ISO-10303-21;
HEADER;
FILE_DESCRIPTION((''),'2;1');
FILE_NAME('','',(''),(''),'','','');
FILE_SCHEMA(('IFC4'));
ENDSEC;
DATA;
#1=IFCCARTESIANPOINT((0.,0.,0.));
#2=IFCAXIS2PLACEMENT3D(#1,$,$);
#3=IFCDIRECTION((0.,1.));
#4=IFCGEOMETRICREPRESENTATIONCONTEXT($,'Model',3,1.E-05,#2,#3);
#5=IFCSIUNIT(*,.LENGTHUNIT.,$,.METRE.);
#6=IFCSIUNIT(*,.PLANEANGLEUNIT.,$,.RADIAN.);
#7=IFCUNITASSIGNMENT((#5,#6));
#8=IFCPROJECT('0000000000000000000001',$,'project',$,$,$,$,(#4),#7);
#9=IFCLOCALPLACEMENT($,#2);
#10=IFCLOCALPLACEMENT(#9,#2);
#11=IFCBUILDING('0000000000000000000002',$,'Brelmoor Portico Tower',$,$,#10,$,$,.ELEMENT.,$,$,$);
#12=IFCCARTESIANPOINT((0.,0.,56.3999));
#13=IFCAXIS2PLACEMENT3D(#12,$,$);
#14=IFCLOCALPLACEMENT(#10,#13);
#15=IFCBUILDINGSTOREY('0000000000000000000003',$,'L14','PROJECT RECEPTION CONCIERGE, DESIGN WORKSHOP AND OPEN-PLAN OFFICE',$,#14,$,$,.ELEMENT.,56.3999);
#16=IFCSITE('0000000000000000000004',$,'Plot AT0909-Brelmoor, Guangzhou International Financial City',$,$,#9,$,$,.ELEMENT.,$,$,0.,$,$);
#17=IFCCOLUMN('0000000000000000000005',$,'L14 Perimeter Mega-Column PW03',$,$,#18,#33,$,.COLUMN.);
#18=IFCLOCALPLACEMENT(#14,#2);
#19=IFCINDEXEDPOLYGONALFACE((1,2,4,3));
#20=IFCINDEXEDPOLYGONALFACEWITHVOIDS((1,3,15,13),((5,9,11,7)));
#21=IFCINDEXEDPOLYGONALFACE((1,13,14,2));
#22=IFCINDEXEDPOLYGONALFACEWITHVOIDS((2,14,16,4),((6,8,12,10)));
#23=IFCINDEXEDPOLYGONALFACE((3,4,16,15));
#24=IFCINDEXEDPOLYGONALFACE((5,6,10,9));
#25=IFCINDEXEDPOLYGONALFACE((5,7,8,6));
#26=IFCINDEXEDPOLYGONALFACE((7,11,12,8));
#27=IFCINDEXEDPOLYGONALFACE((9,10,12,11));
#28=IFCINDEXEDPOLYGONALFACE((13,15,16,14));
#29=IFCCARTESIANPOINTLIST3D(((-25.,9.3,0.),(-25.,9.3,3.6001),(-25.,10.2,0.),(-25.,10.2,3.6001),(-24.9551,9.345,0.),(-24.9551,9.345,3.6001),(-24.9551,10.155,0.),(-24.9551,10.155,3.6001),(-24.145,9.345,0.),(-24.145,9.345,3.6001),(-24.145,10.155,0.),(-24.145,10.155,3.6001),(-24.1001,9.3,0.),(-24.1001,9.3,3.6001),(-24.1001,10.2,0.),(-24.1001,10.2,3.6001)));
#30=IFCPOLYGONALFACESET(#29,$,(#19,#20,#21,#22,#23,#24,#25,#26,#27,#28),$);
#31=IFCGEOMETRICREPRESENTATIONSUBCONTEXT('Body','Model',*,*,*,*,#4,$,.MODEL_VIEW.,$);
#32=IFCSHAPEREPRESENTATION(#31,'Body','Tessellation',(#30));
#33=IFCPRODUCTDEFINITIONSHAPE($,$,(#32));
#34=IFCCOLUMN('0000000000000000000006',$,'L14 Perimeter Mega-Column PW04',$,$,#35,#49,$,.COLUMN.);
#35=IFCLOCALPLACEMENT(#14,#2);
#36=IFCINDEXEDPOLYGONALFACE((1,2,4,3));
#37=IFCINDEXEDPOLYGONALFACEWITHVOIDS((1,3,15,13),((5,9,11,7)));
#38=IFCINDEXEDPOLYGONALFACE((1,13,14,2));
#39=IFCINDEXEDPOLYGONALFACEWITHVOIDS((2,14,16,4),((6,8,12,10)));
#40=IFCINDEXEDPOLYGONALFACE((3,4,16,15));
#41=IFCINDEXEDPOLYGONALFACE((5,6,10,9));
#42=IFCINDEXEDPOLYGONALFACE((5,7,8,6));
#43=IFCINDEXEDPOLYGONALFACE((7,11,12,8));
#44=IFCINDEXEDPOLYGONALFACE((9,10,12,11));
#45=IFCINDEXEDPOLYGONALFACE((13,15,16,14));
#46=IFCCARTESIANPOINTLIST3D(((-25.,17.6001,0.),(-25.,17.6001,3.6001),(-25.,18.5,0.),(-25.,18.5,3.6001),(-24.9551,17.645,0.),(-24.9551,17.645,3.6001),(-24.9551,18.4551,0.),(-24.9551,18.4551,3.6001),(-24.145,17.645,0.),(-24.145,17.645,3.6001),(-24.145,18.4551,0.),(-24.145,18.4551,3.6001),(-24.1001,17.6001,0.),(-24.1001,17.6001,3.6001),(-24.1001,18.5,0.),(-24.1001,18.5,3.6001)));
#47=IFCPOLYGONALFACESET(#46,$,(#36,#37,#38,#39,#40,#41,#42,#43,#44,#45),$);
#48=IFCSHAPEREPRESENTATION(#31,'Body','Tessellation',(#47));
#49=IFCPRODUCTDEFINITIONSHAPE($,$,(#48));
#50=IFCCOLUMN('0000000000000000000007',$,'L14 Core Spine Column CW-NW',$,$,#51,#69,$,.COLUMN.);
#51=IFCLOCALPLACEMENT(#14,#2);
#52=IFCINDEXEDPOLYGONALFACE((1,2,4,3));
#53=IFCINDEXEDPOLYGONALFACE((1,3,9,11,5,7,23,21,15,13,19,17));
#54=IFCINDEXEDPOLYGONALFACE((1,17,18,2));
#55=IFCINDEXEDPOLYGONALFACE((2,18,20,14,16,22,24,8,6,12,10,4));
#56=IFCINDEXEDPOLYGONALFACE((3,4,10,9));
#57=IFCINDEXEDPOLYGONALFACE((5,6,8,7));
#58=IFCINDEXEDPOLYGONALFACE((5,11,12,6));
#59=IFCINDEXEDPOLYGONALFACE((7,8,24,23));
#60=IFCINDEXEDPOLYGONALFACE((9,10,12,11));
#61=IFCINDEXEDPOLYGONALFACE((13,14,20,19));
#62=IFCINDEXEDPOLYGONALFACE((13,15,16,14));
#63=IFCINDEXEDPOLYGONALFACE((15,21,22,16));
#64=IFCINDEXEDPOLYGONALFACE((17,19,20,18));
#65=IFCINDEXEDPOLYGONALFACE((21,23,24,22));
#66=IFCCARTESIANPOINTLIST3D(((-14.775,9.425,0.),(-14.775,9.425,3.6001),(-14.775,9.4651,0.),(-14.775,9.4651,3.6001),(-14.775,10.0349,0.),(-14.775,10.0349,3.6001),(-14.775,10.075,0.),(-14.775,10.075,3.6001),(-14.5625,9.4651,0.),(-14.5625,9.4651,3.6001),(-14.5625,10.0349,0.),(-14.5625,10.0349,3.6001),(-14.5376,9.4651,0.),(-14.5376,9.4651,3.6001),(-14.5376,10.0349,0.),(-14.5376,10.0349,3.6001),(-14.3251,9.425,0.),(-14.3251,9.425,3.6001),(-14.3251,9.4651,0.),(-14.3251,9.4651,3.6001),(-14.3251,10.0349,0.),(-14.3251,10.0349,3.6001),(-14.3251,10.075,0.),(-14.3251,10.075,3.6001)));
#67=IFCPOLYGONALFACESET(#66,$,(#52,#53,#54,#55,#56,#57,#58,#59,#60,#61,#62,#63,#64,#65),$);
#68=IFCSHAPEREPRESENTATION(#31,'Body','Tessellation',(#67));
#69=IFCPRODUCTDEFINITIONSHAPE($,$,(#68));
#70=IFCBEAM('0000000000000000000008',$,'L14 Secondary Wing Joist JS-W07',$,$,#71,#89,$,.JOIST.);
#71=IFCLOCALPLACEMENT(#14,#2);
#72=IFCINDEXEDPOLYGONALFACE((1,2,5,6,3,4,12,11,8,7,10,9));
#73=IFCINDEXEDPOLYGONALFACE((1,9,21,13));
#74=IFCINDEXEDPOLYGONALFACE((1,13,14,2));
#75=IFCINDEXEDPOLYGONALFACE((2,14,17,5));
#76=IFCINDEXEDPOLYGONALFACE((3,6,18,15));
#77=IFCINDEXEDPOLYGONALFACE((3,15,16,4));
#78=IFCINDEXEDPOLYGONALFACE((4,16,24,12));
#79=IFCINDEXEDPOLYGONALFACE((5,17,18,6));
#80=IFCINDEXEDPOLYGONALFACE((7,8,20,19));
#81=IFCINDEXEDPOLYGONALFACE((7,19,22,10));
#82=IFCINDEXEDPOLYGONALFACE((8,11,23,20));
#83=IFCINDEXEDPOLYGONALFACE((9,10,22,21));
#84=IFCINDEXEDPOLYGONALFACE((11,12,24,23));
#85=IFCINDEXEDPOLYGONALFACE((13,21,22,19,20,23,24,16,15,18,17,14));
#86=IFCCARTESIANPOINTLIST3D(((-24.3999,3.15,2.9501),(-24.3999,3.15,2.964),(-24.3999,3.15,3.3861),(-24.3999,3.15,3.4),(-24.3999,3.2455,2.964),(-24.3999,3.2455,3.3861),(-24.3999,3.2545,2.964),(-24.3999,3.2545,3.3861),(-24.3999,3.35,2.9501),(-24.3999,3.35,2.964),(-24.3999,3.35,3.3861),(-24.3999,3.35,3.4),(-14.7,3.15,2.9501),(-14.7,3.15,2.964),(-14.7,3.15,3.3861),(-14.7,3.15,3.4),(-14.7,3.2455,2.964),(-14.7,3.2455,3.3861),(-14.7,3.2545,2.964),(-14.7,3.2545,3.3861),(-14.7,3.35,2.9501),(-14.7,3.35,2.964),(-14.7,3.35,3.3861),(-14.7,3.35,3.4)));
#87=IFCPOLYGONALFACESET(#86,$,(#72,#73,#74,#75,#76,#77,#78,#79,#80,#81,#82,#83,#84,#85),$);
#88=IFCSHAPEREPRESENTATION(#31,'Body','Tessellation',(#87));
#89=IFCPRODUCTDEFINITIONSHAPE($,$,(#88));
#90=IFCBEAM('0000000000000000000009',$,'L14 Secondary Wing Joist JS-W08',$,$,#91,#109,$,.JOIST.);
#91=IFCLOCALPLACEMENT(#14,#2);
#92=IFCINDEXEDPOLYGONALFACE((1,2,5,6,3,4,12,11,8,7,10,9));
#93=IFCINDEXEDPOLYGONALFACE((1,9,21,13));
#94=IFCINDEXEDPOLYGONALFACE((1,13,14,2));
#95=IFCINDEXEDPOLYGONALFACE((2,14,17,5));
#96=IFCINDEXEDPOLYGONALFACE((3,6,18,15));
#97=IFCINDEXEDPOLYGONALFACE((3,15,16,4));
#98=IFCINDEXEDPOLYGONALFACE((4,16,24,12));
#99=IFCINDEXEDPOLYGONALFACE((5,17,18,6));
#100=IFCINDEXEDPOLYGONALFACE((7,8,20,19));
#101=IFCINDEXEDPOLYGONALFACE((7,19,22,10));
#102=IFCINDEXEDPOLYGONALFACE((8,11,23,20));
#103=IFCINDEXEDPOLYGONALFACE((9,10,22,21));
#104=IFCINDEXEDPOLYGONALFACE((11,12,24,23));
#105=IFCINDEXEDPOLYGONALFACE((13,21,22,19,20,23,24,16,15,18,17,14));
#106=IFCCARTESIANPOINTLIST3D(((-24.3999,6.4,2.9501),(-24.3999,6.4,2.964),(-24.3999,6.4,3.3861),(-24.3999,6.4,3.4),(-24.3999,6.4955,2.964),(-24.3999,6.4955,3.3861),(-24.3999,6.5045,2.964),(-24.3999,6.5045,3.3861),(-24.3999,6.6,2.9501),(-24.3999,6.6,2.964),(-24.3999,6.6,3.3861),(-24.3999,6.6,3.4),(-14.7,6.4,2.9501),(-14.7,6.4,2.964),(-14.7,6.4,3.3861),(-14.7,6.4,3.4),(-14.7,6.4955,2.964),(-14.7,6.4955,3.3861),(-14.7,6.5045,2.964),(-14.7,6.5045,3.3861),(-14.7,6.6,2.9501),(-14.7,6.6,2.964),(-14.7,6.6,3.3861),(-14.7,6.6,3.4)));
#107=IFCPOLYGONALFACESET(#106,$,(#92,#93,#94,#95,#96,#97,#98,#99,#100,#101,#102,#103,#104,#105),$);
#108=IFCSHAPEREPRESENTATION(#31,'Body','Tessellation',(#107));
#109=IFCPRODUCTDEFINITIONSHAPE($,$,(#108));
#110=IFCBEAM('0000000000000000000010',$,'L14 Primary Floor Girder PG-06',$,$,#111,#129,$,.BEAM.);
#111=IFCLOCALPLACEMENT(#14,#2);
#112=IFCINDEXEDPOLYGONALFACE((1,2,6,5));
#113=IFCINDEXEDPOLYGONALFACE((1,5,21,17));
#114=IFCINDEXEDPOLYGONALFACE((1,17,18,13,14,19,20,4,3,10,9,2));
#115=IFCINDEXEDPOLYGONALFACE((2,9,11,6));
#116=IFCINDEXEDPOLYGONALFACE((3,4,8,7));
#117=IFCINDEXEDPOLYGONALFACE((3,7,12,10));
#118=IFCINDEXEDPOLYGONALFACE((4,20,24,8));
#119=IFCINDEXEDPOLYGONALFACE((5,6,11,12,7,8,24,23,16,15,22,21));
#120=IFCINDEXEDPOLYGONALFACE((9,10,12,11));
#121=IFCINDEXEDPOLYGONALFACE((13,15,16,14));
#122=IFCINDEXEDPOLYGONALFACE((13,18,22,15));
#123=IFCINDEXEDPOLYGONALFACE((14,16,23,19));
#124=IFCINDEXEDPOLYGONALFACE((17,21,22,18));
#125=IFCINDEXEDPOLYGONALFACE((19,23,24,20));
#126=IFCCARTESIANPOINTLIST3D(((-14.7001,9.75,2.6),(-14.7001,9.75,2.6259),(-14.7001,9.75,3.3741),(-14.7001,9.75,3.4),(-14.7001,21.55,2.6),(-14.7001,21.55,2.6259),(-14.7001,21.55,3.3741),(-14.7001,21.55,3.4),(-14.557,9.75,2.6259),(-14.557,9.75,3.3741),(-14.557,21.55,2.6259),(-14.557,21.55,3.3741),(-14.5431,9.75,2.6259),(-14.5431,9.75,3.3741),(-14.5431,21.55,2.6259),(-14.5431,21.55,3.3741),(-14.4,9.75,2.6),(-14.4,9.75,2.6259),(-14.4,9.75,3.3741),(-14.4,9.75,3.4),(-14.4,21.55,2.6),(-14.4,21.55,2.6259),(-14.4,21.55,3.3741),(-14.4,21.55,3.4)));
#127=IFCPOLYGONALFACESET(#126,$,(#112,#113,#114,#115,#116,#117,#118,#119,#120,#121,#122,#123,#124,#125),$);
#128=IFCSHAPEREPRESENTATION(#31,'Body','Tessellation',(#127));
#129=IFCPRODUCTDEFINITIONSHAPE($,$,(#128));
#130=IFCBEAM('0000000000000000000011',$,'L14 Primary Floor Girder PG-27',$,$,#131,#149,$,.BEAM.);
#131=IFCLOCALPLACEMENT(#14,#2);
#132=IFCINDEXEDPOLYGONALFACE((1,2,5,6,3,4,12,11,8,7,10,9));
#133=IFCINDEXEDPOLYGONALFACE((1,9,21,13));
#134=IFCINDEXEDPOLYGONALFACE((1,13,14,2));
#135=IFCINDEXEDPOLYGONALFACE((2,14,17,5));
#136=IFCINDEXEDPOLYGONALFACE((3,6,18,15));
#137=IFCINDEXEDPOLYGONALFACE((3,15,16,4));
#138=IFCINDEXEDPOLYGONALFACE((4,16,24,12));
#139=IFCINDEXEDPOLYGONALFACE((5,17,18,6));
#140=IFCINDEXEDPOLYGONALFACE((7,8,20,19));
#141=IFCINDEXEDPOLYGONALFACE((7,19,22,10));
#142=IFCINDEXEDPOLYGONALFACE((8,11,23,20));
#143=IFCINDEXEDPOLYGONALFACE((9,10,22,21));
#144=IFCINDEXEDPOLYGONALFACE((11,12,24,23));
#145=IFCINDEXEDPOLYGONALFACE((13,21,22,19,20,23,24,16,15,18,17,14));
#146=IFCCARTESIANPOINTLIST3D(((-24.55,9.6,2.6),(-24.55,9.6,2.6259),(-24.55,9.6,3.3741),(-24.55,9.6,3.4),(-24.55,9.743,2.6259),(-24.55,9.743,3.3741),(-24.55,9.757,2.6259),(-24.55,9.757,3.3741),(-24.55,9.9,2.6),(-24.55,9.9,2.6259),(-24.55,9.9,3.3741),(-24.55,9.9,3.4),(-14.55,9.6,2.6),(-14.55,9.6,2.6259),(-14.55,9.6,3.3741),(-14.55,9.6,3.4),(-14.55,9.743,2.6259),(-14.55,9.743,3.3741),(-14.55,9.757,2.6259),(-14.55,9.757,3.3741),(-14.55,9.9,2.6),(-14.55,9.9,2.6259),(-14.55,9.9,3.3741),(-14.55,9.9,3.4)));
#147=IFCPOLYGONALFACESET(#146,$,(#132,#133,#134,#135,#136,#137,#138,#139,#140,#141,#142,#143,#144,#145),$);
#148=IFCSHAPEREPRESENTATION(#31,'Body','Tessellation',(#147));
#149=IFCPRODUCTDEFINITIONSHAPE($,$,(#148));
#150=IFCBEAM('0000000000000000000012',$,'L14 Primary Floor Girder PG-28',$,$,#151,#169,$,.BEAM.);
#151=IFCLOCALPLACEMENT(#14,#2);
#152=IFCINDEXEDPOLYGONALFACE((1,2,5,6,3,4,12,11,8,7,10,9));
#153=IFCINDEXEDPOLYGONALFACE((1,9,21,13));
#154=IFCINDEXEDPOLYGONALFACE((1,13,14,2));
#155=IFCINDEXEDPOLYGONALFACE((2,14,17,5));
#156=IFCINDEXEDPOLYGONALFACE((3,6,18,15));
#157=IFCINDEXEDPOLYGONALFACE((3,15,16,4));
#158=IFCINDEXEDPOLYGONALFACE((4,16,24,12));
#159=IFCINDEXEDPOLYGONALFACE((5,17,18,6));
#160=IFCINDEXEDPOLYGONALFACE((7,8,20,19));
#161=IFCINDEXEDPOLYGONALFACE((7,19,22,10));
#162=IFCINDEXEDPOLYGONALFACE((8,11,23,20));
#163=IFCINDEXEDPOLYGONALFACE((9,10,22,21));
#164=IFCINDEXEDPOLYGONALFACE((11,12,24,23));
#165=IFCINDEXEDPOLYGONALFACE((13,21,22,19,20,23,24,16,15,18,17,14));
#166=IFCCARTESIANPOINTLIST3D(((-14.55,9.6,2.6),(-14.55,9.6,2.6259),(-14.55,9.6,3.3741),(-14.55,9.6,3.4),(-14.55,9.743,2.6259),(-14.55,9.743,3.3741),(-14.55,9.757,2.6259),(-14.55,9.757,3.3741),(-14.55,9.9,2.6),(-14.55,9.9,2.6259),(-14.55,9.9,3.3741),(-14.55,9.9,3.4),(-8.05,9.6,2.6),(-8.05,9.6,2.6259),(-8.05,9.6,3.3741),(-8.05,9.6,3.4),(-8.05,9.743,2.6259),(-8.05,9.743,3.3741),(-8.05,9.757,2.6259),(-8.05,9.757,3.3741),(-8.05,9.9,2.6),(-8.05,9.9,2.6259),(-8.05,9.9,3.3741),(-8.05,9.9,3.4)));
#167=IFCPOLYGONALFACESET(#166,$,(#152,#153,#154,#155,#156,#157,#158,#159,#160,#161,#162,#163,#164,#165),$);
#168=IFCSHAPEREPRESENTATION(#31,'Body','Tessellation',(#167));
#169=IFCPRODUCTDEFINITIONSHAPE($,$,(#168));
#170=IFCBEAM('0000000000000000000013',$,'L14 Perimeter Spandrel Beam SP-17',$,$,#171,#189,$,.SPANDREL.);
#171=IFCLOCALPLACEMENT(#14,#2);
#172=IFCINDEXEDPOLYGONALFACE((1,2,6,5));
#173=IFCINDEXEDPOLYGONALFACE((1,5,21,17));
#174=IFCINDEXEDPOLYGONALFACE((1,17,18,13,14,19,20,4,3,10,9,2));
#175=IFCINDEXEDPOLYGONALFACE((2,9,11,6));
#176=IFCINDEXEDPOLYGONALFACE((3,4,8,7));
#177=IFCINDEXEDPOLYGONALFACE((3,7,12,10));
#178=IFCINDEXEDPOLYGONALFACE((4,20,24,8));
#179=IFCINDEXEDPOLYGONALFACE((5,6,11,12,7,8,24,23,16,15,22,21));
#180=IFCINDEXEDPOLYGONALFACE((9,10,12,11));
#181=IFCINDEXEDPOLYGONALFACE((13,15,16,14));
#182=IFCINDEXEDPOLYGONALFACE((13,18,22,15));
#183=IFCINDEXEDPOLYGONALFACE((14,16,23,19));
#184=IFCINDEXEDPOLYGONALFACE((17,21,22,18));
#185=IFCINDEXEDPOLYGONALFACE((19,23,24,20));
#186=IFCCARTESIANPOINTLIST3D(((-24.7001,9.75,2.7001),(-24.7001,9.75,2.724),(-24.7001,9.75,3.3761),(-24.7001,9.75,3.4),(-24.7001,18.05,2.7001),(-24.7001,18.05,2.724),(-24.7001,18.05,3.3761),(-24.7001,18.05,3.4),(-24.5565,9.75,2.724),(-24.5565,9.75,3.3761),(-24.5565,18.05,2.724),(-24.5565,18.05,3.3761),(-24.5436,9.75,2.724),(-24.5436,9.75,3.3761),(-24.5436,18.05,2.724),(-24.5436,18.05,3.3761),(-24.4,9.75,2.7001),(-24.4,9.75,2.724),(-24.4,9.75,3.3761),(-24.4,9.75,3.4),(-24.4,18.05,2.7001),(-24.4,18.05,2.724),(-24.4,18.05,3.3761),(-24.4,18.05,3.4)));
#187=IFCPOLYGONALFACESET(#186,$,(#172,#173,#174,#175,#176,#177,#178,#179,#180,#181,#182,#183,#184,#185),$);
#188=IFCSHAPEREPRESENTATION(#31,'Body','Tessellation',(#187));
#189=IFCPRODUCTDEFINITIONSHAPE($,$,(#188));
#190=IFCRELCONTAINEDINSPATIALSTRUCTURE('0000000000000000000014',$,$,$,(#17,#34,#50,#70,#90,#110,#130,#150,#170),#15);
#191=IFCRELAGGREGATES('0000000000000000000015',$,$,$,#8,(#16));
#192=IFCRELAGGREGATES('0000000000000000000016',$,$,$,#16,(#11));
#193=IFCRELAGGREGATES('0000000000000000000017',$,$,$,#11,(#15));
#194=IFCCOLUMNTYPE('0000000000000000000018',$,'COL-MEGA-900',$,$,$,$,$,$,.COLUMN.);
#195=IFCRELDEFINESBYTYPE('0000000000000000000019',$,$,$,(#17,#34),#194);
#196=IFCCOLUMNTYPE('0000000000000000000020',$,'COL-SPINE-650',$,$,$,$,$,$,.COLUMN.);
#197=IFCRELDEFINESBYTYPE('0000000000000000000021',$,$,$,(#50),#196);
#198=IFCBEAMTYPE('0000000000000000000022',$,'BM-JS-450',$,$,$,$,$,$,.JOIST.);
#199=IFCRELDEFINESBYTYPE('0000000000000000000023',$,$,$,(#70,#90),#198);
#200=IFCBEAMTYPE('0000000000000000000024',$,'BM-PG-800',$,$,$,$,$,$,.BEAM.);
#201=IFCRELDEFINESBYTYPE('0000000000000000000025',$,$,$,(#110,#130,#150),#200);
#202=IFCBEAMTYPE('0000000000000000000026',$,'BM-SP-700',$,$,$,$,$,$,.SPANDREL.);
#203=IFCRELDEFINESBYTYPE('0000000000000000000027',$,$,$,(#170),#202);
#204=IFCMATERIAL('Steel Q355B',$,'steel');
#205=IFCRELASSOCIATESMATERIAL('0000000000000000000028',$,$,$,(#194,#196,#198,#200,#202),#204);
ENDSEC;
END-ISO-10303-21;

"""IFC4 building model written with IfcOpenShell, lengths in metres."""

from ifc_helpers import new_model, si_unit, direction, frame, origin, origin_2d, place, context, subcontext, project, spatial, hollow_rectangle, i_section, extrude, material, material_profile, profile_set, type_object, element, save


model = new_model("IFC4")

# Units and contexts
model_context = context("Model", 3, precision=1e-05, world=origin(), true_north=direction((0.0, 1.0)))
body_context = subcontext(model_context, "Body", "Model", "MODEL_VIEW")
ifc_project = project(units=[si_unit("LENGTHUNIT", "METRE"), si_unit("PLANEANGLEUNIT", "RADIAN")], contexts=[model_context])

# Site, building, storey
site_placement = place(None, origin())
site = spatial("IfcSite", under=ifc_project, at=site_placement, Name="Plot AT0909-Brelmoor, Guangzhou International Financial City", CompositionType="ELEMENT", RefElevation=0.0)
building_placement = place(site_placement, origin())
building = spatial("IfcBuilding", under=site, at=building_placement, Name="Brelmoor Portico Tower", CompositionType="ELEMENT")
storey_placement = place(building_placement, frame((0.0, 0.0, 56.3999)))
storey = spatial("IfcBuildingStorey", under=building, at=storey_placement, Name="L14", Description="PROJECT RECEPTION CONCIERGE, DESIGN WORKSHOP AND OPEN-PLAN OFFICE", CompositionType="ELEMENT", Elevation=56.3999)

# Columns
ifc_material_1 = material(Name="Steel Q355B", Category="steel")
ifc_material_profile_1 = material_profile(ifc_material_1, hollow_rectangle(XDim=0.8999, YDim=0.8999, WallThickness=0.0449, at=origin_2d()), Name="BOX 900x900x45")
ifc_profile_set_1 = profile_set([ifc_material_profile_1], Name="Steel Q355B")
column_type_1 = type_object("IfcColumnType", Name="COL-MEGA-900", PredefinedType="COLUMN", material=ifc_profile_set_1)
for number, where, z_axis, x_axis, name in (
    (1, (-24.55, 9.75, 0.0), (0.0, 0.0, 1.0), (0.0, 1.0, 0.0), "L14 Perimeter Mega-Column PW03"),
    (2, (-24.55, 18.05, 0.0), (0.0, 0.0, 1.0), (0.0, 1.0, 0.0), "L14 Perimeter Mega-Column PW04"),
):
    element("IfcColumn", number, at=place(storey_placement, frame(where, z_axis=z_axis, x_axis=x_axis)), inside=storey, type_object=column_type_1, Name=name, PredefinedType="COLUMN", context=body_context, shape_type="SweptSolid", body=[
        extrude(hollow_rectangle(XDim=0.8999, YDim=0.8999, WallThickness=0.0449, at=origin_2d()), origin(), (0.0, 0.0, 1.0), 3.6001),
    ])
ifc_material_profile_2 = material_profile(ifc_material_1, i_section(OverallWidth=0.45, OverallDepth=0.6499, WebThickness=0.0249, FlangeThickness=0.04, at=origin_2d()), Name="HW 650x450x25x40")
ifc_profile_set_2 = profile_set([ifc_material_profile_2], Name="Steel Q355B")
column_type_2 = type_object("IfcColumnType", Name="COL-SPINE-650", PredefinedType="COLUMN", material=ifc_profile_set_2)
column_placement = place(storey_placement, frame((-14.55, 9.75, 0.0), z_axis=(0.0, 0.0, 1.0), x_axis=(1.0, 0.0, 0.0)))
element("IfcColumn", 3, at=column_placement, inside=storey, type_object=column_type_2, Name="L14 Core Spine Column CW-NW", PredefinedType="COLUMN", context=body_context, shape_type="SweptSolid", body=[
    extrude(i_section(OverallWidth=0.45, OverallDepth=0.6499, WebThickness=0.0249, FlangeThickness=0.04, at=origin_2d()), origin(), (0.0, 0.0, 1.0), 3.6001),
])

# Beams
ifc_material_profile_3 = material_profile(ifc_material_1, i_section(OverallWidth=0.2, OverallDepth=0.45, WebThickness=0.009, FlangeThickness=0.0139, at=origin_2d()), Name="HN 450x200x9x14")
ifc_profile_set_3 = profile_set([ifc_material_profile_3], Name="Steel Q355B")
beam_type_1 = type_object("IfcBeamType", Name="BM-JS-450", PredefinedType="JOIST", material=ifc_profile_set_3)
for number, where, z_axis, x_axis, name in (
    (4, (-24.3999, 3.25, 3.175), (1.0, 0.0, 0.0), (0.0, 1.0, 0.0), "L14 Secondary Wing Joist JS-W07"),
    (5, (-24.3999, 6.5, 3.175), (1.0, 0.0, 0.0), (0.0, 1.0, 0.0), "L14 Secondary Wing Joist JS-W08"),
):
    element("IfcBeam", number, at=place(storey_placement, frame(where, z_axis=z_axis, x_axis=x_axis)), inside=storey, type_object=beam_type_1, Name=name, PredefinedType="JOIST", context=body_context, shape_type="SweptSolid", body=[
        extrude(i_section(OverallWidth=0.2, OverallDepth=0.45, WebThickness=0.009, FlangeThickness=0.0139, at=origin_2d()), origin(), (0.0, 0.0, 1.0), 9.7),
    ])
ifc_material_profile_4 = material_profile(ifc_material_1, i_section(OverallWidth=0.3, OverallDepth=0.8, WebThickness=0.0139, FlangeThickness=0.0259, at=origin_2d()), Name="HN 800x300x14x26")
ifc_profile_set_4 = profile_set([ifc_material_profile_4], Name="Steel Q355B")
beam_type_2 = type_object("IfcBeamType", Name="BM-PG-800", PredefinedType="BEAM", material=ifc_profile_set_4)
beam_1_placement = place(storey_placement, frame((-14.55, 9.75, 3.0), z_axis=(0.0, 1.0, 0.0), x_axis=(-1.0, 0.0, 0.0)))
element("IfcBeam", 6, at=beam_1_placement, inside=storey, type_object=beam_type_2, Name="L14 Primary Floor Girder PG-06", PredefinedType="BEAM", context=body_context, shape_type="SweptSolid", body=[
    extrude(i_section(OverallWidth=0.3, OverallDepth=0.8, WebThickness=0.0139, FlangeThickness=0.0259, at=origin_2d()), origin(), (0.0, 0.0, 1.0), 11.8),
])
beam_2_placement = place(storey_placement, frame((-24.55, 9.75, 3.0), z_axis=(1.0, 0.0, 0.0), x_axis=(0.0, 1.0, 0.0)))
element("IfcBeam", 7, at=beam_2_placement, inside=storey, type_object=beam_type_2, Name="L14 Primary Floor Girder PG-27", PredefinedType="BEAM", context=body_context, shape_type="SweptSolid", body=[
    extrude(i_section(OverallWidth=0.3, OverallDepth=0.8, WebThickness=0.0139, FlangeThickness=0.0259, at=origin_2d()), origin(), (0.0, 0.0, 1.0), 10.0),
])
beam_3_placement = place(storey_placement, frame((-14.55, 9.75, 3.0), z_axis=(1.0, 0.0, 0.0), x_axis=(0.0, 1.0, 0.0)))
element("IfcBeam", 8, at=beam_3_placement, inside=storey, type_object=beam_type_2, Name="L14 Primary Floor Girder PG-28", PredefinedType="BEAM", context=body_context, shape_type="SweptSolid", body=[
    extrude(i_section(OverallWidth=0.3, OverallDepth=0.8, WebThickness=0.0139, FlangeThickness=0.0259, at=origin_2d()), origin(), (0.0, 0.0, 1.0), 6.5),
])
ifc_material_profile_5 = material_profile(ifc_material_1, i_section(OverallWidth=0.3, OverallDepth=0.7, WebThickness=0.0129, FlangeThickness=0.0239, at=origin_2d()), Name="HN 700x300x13x24")
ifc_profile_set_5 = profile_set([ifc_material_profile_5], Name="Steel Q355B")
beam_type_3 = type_object("IfcBeamType", Name="BM-SP-700", PredefinedType="SPANDREL", material=ifc_profile_set_5)
beam_4_placement = place(storey_placement, frame((-24.55, 9.75, 3.05), z_axis=(0.0, 1.0, 0.0), x_axis=(-1.0, 0.0, 0.0)))
element("IfcBeam", 9, at=beam_4_placement, inside=storey, type_object=beam_type_3, Name="L14 Perimeter Spandrel Beam SP-17", PredefinedType="SPANDREL", context=body_context, shape_type="SweptSolid", body=[
    extrude(i_section(OverallWidth=0.3, OverallDepth=0.7, WebThickness=0.0129, FlangeThickness=0.0239, at=origin_2d()), origin(), (0.0, 0.0, 1.0), 8.3),
])

save(model, "model.ifc")
